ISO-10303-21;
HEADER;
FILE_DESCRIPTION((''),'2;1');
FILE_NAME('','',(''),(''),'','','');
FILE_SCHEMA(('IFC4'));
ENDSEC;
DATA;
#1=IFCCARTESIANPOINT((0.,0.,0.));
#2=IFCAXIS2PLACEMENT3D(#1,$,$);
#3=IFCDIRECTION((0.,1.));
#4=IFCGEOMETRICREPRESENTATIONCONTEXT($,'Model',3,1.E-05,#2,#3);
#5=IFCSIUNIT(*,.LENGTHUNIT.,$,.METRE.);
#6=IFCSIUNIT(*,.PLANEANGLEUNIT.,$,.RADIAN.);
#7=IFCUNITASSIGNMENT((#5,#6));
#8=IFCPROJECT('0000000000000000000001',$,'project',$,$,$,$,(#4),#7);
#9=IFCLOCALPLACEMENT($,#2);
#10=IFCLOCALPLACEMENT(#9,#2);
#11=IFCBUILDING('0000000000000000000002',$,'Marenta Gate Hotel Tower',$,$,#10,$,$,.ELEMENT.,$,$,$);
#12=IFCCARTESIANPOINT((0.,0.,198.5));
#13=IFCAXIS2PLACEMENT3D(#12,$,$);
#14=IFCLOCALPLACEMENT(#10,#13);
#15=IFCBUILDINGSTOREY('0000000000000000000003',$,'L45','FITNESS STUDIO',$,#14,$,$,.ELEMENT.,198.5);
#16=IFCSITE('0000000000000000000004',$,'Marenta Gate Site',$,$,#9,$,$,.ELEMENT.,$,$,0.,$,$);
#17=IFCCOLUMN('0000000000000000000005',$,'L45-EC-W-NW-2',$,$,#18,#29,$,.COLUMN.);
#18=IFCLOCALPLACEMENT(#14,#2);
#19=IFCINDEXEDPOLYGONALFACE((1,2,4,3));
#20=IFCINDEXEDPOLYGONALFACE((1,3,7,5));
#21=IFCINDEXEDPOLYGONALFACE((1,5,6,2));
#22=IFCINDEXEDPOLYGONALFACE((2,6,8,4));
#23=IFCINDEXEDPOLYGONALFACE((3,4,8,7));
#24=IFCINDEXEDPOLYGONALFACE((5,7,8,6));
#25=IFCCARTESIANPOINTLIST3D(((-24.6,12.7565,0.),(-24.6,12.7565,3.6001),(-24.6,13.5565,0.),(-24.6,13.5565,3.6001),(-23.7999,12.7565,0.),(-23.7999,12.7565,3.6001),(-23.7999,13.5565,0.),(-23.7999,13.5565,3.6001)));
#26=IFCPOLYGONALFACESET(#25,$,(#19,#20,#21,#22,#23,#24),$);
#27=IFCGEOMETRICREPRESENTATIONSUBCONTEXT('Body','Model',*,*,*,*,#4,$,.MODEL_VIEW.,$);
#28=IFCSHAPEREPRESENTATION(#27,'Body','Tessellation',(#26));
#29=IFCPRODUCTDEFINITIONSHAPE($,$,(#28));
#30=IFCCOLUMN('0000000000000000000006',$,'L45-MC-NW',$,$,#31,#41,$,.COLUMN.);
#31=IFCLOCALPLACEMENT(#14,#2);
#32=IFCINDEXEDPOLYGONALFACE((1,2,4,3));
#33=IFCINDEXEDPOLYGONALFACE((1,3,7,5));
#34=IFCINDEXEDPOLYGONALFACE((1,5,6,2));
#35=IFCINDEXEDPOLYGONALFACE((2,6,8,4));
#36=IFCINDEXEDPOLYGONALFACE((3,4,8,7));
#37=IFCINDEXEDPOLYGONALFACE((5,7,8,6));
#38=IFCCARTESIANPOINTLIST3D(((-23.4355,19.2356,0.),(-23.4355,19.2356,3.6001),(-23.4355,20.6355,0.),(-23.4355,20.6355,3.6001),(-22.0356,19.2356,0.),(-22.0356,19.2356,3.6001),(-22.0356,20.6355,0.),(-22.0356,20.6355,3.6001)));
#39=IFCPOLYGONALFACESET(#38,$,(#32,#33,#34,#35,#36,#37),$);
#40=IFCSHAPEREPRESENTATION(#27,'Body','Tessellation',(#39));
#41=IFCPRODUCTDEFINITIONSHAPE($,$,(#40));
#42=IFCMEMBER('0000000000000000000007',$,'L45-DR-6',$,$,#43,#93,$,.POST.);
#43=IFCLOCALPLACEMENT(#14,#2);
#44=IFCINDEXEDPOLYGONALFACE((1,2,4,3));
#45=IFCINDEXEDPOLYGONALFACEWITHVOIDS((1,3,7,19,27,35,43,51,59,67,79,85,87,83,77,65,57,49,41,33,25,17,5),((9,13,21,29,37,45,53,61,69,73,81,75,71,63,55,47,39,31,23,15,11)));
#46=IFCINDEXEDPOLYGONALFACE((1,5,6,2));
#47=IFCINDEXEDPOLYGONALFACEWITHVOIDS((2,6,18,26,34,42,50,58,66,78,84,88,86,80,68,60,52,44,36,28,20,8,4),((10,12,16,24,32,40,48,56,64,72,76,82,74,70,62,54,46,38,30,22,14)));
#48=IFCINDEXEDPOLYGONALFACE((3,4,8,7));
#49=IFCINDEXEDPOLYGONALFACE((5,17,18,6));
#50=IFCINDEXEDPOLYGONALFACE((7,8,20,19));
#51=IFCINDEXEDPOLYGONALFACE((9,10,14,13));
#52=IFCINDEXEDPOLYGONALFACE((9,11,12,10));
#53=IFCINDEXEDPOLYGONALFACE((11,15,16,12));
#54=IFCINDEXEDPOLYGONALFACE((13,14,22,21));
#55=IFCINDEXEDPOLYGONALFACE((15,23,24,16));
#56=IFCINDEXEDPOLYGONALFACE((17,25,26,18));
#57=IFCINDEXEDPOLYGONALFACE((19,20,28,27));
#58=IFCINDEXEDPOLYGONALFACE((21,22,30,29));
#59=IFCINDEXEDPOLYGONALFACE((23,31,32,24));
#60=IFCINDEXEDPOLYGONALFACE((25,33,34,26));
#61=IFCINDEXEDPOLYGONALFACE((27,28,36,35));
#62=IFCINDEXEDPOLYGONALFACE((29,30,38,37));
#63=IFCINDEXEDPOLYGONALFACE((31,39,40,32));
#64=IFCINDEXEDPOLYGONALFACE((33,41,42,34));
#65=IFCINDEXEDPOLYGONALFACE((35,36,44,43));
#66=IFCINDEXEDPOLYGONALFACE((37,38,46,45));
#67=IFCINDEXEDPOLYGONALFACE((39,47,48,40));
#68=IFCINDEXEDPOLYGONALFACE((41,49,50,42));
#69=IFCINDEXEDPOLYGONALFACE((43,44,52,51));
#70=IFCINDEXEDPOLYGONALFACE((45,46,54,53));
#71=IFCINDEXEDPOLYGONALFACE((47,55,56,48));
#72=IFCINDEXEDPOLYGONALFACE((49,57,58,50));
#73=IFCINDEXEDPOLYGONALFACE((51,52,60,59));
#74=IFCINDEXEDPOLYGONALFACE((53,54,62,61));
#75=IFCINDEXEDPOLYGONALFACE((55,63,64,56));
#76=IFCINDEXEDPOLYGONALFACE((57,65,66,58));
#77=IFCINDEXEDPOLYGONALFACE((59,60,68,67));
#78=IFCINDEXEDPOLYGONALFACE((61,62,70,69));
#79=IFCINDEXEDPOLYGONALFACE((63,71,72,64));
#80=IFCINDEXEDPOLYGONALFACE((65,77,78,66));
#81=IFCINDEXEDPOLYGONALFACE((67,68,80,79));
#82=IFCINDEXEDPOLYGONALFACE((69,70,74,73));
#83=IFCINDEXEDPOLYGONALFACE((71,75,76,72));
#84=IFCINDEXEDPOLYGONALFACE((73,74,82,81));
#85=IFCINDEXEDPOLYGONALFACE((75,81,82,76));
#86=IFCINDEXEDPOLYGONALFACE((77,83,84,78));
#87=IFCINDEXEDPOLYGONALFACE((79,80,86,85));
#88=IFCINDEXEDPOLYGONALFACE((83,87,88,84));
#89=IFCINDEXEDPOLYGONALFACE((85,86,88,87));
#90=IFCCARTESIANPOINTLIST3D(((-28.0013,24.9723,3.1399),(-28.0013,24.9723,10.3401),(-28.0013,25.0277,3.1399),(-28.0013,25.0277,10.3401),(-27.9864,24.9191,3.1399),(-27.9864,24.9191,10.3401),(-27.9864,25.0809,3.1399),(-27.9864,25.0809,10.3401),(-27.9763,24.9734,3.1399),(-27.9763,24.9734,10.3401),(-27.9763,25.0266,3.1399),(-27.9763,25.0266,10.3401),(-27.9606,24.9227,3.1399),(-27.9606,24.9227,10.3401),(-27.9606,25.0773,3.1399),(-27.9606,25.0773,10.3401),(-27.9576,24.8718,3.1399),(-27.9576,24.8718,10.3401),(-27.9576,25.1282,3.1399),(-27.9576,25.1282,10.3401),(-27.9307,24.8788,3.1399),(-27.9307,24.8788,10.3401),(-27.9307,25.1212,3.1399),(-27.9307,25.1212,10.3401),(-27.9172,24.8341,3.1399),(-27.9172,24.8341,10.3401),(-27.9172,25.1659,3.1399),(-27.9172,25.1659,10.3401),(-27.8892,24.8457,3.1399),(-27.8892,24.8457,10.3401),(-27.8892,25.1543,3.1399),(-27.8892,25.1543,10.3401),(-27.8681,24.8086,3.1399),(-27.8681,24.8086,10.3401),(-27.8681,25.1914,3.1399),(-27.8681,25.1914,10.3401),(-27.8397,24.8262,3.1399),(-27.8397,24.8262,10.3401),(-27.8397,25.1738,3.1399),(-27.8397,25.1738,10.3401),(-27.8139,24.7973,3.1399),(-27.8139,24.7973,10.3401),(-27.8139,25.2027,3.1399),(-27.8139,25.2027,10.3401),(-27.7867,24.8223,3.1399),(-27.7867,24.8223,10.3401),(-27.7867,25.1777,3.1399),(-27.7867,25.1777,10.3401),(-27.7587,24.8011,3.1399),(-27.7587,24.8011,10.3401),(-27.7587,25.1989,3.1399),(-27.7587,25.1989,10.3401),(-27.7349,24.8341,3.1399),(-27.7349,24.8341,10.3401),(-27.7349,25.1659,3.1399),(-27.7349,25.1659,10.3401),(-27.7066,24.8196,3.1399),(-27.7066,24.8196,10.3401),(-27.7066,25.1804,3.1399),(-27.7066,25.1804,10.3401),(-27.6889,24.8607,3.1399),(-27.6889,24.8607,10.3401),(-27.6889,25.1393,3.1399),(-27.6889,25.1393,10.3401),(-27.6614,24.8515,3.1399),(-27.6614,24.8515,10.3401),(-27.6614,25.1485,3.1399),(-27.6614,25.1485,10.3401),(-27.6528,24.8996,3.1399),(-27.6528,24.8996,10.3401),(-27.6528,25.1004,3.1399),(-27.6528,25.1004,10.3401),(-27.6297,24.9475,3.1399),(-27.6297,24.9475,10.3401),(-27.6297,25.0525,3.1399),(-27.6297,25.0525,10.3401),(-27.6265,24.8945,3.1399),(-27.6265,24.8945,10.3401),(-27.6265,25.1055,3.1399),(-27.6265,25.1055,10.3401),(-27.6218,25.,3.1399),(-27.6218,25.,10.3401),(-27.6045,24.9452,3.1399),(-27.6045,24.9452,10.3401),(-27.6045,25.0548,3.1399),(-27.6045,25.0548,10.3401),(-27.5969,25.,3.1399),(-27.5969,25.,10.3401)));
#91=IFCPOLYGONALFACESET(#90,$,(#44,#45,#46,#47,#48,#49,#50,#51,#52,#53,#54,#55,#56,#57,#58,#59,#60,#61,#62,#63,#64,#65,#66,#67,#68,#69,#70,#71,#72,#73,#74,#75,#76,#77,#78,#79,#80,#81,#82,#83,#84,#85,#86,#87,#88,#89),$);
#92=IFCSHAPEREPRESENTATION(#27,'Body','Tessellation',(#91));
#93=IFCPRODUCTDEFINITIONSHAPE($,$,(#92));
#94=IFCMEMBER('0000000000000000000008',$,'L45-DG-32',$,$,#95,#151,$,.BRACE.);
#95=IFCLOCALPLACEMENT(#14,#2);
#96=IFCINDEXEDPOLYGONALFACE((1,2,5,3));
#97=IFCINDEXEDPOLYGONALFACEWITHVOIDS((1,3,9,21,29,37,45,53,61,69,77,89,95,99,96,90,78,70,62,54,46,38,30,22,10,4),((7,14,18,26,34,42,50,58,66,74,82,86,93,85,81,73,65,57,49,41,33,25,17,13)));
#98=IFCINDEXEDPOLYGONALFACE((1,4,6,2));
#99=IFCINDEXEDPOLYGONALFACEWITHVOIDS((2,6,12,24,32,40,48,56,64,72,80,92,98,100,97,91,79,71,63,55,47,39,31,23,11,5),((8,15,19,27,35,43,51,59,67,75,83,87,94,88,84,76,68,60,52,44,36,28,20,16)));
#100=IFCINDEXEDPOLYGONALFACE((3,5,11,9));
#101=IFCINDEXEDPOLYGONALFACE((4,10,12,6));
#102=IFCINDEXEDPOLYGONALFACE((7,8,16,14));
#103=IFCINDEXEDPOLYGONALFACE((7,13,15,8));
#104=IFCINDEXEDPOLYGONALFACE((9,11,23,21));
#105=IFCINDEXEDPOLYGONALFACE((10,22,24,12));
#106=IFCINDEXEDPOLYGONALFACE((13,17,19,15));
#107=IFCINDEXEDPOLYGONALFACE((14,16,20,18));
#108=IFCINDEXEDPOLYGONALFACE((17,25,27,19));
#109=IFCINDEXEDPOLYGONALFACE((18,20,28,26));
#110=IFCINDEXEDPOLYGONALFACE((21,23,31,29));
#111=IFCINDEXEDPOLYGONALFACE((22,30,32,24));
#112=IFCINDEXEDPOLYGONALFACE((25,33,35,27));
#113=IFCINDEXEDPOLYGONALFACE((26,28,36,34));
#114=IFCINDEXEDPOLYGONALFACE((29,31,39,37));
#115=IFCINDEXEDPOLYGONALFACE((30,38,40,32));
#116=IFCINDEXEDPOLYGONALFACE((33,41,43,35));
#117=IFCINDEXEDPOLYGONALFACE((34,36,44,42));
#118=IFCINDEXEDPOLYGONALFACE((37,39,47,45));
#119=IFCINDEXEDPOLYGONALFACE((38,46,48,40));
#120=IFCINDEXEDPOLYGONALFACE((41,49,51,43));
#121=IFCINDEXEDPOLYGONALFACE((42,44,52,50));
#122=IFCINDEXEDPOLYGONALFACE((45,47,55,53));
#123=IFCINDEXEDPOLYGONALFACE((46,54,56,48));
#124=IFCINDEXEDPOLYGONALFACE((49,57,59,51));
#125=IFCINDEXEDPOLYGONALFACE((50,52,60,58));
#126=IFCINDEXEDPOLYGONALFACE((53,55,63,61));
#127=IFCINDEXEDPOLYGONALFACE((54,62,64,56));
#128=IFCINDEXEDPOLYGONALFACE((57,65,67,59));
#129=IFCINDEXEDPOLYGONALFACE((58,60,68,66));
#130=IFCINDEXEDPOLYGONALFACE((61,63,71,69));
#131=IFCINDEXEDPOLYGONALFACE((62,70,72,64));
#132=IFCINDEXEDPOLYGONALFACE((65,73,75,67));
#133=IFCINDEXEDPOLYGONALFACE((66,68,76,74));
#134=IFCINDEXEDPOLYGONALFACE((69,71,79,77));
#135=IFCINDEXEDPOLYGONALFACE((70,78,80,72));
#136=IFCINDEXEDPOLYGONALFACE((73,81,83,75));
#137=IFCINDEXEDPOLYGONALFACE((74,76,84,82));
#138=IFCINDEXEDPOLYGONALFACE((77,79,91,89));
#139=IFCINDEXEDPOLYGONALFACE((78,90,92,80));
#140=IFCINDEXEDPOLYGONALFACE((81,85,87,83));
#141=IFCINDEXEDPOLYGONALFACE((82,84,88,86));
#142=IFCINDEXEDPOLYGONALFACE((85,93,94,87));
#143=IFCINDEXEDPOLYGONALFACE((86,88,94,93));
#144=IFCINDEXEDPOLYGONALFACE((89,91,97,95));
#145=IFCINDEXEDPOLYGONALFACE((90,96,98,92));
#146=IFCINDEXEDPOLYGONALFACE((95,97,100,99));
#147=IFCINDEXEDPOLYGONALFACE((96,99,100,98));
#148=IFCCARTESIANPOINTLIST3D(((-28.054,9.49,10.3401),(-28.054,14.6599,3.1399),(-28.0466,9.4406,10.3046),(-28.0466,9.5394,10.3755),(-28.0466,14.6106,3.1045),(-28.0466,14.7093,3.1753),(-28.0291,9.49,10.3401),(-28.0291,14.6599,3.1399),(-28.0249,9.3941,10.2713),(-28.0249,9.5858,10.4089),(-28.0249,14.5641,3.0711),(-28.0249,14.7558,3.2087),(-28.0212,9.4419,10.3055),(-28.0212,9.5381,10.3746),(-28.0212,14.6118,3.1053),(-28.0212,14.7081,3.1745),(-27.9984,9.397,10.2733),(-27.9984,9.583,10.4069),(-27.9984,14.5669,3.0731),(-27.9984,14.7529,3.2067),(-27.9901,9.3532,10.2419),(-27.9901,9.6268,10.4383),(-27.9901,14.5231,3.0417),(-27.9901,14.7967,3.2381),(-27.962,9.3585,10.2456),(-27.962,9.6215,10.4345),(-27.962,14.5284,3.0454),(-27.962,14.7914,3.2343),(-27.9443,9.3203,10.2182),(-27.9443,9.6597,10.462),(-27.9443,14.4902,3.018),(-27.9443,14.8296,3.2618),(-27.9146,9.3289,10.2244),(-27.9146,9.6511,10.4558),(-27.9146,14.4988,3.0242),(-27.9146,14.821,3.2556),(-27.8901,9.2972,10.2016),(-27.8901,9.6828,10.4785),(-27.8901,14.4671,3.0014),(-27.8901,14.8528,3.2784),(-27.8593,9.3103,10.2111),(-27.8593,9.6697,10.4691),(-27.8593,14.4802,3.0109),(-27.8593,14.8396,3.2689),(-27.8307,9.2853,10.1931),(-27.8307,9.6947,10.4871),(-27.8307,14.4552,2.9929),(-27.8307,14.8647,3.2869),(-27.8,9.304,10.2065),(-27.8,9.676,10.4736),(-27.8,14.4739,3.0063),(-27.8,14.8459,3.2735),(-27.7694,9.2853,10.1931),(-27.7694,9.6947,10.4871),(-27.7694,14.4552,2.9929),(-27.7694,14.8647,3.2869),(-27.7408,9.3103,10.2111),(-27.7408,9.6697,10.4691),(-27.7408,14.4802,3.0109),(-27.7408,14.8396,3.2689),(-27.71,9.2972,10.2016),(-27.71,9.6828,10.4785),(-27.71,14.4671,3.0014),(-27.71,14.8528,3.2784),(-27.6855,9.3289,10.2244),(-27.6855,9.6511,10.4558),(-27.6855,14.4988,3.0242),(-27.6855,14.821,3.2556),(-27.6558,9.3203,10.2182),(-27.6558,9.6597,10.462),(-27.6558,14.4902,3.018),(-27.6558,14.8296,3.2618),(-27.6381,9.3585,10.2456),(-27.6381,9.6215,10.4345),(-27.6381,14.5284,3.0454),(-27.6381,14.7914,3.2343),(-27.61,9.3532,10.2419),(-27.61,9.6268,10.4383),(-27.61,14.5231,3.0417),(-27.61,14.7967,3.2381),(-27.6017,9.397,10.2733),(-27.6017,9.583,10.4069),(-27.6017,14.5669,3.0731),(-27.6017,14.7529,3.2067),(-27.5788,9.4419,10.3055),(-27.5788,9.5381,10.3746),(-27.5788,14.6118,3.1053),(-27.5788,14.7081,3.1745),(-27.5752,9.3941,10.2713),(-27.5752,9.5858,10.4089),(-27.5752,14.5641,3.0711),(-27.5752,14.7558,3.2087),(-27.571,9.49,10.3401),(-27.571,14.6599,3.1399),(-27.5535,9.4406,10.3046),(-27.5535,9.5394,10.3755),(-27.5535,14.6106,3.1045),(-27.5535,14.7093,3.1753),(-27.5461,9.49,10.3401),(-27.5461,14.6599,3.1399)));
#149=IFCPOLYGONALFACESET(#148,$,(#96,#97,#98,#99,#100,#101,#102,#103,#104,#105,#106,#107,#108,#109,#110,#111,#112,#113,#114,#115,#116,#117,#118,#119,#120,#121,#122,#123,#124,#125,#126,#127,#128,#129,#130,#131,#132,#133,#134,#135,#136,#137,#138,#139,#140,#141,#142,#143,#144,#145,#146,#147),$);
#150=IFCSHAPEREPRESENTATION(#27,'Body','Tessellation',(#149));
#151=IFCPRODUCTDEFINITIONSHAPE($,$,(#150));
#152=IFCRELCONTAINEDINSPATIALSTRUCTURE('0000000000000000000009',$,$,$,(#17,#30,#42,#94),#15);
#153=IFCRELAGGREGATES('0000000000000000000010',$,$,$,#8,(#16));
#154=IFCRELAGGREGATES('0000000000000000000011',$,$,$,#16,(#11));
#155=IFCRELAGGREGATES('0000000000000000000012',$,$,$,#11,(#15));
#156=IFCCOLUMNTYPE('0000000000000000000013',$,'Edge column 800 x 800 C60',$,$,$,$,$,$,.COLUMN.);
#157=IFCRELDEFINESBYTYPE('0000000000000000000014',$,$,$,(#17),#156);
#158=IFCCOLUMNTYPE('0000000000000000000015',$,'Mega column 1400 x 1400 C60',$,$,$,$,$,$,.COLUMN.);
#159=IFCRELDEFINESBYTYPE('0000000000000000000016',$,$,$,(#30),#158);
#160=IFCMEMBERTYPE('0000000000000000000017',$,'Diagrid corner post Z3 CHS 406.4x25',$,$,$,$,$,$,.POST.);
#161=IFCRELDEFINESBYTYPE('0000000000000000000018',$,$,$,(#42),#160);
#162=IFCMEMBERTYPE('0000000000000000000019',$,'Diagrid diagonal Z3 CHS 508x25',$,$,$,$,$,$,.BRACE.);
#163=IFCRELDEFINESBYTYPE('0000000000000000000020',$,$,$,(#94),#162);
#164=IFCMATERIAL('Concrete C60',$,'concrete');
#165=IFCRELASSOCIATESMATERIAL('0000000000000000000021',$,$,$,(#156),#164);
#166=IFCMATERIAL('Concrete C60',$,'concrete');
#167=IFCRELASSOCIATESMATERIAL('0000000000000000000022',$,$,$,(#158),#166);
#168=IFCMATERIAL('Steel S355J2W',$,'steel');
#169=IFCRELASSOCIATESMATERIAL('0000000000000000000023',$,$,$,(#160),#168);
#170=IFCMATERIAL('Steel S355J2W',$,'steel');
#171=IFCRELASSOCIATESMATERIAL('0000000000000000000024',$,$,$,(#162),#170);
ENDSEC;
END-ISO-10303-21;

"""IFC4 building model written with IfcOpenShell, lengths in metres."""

from ifc_helpers import new_model, si_unit, direction, frame, origin, origin_2d, place, context, subcontext, project, spatial, rectangle, hollow_circle, extrude, material, material_profile, profile_set, type_object, element, save


model = new_model("IFC4")

# Units and contexts
model_context = context("Model", 3, precision=1e-05, world=origin(), true_north=direction((0.0, 1.0)))
body_context = subcontext(model_context, "Body", "Model", "MODEL_VIEW")
ifc_project = project(units=[si_unit("LENGTHUNIT", "METRE"), si_unit("PLANEANGLEUNIT", "RADIAN")], contexts=[model_context])

# Site, building, storey
site_placement = place(None, origin())
site = spatial("IfcSite", under=ifc_project, at=site_placement, Name="Marenta Gate Site", CompositionType="ELEMENT", RefElevation=0.0)
building_placement = place(site_placement, origin())
building = spatial("IfcBuilding", under=site, at=building_placement, Name="Marenta Gate Hotel Tower", CompositionType="ELEMENT")
storey_placement = place(building_placement, frame((0.0, 0.0, 198.5)))
storey = spatial("IfcBuildingStorey", under=building, at=storey_placement, Name="L45", Description="FITNESS STUDIO", CompositionType="ELEMENT", Elevation=198.5)

# Columns
ifc_material_1 = material(Name="Concrete C60", Category="concrete")
ifc_material_profile_1 = material_profile(ifc_material_1, rectangle(XDim=0.8, YDim=0.8, at=origin_2d()), Name="800 x 800")
ifc_profile_set_1 = profile_set([ifc_material_profile_1], Name="Concrete C60")
column_type_1 = type_object("IfcColumnType", Name="Edge column 800 x 800 C60", PredefinedType="COLUMN", material=ifc_profile_set_1)
column_1_placement = place(storey_placement, frame((-24.2, 13.1565, 0.0), z_axis=(0.0, 0.0, 1.0), x_axis=(1.0, 0.0, 0.0)))
element("IfcColumn", 1, at=column_1_placement, inside=storey, type_object=column_type_1, Name="L45-EC-W-NW-2", PredefinedType="COLUMN", context=body_context, shape_type="SweptSolid", body=[
    extrude(rectangle(XDim=0.8, YDim=0.8, at=origin_2d()), origin(), (0.0, 0.0, 1.0), 3.6001),
])
ifc_material_2 = material(Name="Concrete C60", Category="concrete")
ifc_material_profile_2 = material_profile(ifc_material_2, rectangle(XDim=1.3999, YDim=1.3999, at=origin_2d()), Name="1400 x 1400")
ifc_profile_set_2 = profile_set([ifc_material_profile_2], Name="Concrete C60")
column_type_2 = type_object("IfcColumnType", Name="Mega column 1400 x 1400 C60", PredefinedType="COLUMN", material=ifc_profile_set_2)
column_2_placement = place(storey_placement, frame((-22.7356, 19.9355, 0.0), z_axis=(0.0, 0.0, 1.0), x_axis=(1.0, 0.0, 0.0)))
element("IfcColumn", 2, at=column_2_placement, inside=storey, type_object=column_type_2, Name="L45-MC-NW", PredefinedType="COLUMN", context=body_context, shape_type="SweptSolid", body=[
    extrude(rectangle(XDim=1.3999, YDim=1.3999, at=origin_2d()), origin(), (0.0, 0.0, 1.0), 3.6001),
])

# Members
ifc_material_3 = material(Name="Steel S355J2W", Category="steel")
ifc_material_profile_3 = material_profile(ifc_material_3, hollow_circle(Radius=0.2031, WallThickness=0.0249, at=origin_2d()), Name="CHS 406.4x25")
ifc_profile_set_3 = profile_set([ifc_material_profile_3], Name="Steel S355J2W")
member_type_1 = type_object("IfcMemberType", Name="Diagrid corner post Z3 CHS 406.4x25", PredefinedType="POST", material=ifc_profile_set_3)
member_1_placement = place(storey_placement, frame((-27.8, 25.0, 3.1399), z_axis=(0.0, 0.0, 1.0), x_axis=(1.0, 0.0, 0.0)))
element("IfcMember", 3, at=member_1_placement, inside=storey, type_object=member_type_1, Name="L45-DR-6", PredefinedType="POST", context=body_context, shape_type="SweptSolid", body=[
    extrude(hollow_circle(Radius=0.2031, WallThickness=0.0249, at=origin_2d()), origin(), (0.0, 0.0, 1.0), 7.2002),
])
ifc_material_4 = material(Name="Steel S355J2W", Category="steel")
ifc_material_profile_4 = material_profile(ifc_material_4, hollow_circle(Radius=0.2539, WallThickness=0.0249, at=origin_2d()), Name="CHS 508x25")
ifc_profile_set_4 = profile_set([ifc_material_profile_4], Name="Steel S355J2W")
member_type_2 = type_object("IfcMemberType", Name="Diagrid diagonal Z3 CHS 508x25", PredefinedType="BRACE", material=ifc_profile_set_4)
member_2_placement = place(storey_placement, frame((-27.8, 14.6599, 3.1399), z_axis=(0.0, -0.583248, 0.812294), x_axis=(1.0, 0.0, 0.0)))
element("IfcMember", 4, at=member_2_placement, inside=storey, type_object=member_type_2, Name="L45-DG-32", PredefinedType="BRACE", context=body_context, shape_type="SweptSolid", body=[
    extrude(hollow_circle(Radius=0.2539, WallThickness=0.0249, at=origin_2d()), origin(), (0.0, 0.0, 1.0), 8.864),
])

save(model, "model.ifc")
